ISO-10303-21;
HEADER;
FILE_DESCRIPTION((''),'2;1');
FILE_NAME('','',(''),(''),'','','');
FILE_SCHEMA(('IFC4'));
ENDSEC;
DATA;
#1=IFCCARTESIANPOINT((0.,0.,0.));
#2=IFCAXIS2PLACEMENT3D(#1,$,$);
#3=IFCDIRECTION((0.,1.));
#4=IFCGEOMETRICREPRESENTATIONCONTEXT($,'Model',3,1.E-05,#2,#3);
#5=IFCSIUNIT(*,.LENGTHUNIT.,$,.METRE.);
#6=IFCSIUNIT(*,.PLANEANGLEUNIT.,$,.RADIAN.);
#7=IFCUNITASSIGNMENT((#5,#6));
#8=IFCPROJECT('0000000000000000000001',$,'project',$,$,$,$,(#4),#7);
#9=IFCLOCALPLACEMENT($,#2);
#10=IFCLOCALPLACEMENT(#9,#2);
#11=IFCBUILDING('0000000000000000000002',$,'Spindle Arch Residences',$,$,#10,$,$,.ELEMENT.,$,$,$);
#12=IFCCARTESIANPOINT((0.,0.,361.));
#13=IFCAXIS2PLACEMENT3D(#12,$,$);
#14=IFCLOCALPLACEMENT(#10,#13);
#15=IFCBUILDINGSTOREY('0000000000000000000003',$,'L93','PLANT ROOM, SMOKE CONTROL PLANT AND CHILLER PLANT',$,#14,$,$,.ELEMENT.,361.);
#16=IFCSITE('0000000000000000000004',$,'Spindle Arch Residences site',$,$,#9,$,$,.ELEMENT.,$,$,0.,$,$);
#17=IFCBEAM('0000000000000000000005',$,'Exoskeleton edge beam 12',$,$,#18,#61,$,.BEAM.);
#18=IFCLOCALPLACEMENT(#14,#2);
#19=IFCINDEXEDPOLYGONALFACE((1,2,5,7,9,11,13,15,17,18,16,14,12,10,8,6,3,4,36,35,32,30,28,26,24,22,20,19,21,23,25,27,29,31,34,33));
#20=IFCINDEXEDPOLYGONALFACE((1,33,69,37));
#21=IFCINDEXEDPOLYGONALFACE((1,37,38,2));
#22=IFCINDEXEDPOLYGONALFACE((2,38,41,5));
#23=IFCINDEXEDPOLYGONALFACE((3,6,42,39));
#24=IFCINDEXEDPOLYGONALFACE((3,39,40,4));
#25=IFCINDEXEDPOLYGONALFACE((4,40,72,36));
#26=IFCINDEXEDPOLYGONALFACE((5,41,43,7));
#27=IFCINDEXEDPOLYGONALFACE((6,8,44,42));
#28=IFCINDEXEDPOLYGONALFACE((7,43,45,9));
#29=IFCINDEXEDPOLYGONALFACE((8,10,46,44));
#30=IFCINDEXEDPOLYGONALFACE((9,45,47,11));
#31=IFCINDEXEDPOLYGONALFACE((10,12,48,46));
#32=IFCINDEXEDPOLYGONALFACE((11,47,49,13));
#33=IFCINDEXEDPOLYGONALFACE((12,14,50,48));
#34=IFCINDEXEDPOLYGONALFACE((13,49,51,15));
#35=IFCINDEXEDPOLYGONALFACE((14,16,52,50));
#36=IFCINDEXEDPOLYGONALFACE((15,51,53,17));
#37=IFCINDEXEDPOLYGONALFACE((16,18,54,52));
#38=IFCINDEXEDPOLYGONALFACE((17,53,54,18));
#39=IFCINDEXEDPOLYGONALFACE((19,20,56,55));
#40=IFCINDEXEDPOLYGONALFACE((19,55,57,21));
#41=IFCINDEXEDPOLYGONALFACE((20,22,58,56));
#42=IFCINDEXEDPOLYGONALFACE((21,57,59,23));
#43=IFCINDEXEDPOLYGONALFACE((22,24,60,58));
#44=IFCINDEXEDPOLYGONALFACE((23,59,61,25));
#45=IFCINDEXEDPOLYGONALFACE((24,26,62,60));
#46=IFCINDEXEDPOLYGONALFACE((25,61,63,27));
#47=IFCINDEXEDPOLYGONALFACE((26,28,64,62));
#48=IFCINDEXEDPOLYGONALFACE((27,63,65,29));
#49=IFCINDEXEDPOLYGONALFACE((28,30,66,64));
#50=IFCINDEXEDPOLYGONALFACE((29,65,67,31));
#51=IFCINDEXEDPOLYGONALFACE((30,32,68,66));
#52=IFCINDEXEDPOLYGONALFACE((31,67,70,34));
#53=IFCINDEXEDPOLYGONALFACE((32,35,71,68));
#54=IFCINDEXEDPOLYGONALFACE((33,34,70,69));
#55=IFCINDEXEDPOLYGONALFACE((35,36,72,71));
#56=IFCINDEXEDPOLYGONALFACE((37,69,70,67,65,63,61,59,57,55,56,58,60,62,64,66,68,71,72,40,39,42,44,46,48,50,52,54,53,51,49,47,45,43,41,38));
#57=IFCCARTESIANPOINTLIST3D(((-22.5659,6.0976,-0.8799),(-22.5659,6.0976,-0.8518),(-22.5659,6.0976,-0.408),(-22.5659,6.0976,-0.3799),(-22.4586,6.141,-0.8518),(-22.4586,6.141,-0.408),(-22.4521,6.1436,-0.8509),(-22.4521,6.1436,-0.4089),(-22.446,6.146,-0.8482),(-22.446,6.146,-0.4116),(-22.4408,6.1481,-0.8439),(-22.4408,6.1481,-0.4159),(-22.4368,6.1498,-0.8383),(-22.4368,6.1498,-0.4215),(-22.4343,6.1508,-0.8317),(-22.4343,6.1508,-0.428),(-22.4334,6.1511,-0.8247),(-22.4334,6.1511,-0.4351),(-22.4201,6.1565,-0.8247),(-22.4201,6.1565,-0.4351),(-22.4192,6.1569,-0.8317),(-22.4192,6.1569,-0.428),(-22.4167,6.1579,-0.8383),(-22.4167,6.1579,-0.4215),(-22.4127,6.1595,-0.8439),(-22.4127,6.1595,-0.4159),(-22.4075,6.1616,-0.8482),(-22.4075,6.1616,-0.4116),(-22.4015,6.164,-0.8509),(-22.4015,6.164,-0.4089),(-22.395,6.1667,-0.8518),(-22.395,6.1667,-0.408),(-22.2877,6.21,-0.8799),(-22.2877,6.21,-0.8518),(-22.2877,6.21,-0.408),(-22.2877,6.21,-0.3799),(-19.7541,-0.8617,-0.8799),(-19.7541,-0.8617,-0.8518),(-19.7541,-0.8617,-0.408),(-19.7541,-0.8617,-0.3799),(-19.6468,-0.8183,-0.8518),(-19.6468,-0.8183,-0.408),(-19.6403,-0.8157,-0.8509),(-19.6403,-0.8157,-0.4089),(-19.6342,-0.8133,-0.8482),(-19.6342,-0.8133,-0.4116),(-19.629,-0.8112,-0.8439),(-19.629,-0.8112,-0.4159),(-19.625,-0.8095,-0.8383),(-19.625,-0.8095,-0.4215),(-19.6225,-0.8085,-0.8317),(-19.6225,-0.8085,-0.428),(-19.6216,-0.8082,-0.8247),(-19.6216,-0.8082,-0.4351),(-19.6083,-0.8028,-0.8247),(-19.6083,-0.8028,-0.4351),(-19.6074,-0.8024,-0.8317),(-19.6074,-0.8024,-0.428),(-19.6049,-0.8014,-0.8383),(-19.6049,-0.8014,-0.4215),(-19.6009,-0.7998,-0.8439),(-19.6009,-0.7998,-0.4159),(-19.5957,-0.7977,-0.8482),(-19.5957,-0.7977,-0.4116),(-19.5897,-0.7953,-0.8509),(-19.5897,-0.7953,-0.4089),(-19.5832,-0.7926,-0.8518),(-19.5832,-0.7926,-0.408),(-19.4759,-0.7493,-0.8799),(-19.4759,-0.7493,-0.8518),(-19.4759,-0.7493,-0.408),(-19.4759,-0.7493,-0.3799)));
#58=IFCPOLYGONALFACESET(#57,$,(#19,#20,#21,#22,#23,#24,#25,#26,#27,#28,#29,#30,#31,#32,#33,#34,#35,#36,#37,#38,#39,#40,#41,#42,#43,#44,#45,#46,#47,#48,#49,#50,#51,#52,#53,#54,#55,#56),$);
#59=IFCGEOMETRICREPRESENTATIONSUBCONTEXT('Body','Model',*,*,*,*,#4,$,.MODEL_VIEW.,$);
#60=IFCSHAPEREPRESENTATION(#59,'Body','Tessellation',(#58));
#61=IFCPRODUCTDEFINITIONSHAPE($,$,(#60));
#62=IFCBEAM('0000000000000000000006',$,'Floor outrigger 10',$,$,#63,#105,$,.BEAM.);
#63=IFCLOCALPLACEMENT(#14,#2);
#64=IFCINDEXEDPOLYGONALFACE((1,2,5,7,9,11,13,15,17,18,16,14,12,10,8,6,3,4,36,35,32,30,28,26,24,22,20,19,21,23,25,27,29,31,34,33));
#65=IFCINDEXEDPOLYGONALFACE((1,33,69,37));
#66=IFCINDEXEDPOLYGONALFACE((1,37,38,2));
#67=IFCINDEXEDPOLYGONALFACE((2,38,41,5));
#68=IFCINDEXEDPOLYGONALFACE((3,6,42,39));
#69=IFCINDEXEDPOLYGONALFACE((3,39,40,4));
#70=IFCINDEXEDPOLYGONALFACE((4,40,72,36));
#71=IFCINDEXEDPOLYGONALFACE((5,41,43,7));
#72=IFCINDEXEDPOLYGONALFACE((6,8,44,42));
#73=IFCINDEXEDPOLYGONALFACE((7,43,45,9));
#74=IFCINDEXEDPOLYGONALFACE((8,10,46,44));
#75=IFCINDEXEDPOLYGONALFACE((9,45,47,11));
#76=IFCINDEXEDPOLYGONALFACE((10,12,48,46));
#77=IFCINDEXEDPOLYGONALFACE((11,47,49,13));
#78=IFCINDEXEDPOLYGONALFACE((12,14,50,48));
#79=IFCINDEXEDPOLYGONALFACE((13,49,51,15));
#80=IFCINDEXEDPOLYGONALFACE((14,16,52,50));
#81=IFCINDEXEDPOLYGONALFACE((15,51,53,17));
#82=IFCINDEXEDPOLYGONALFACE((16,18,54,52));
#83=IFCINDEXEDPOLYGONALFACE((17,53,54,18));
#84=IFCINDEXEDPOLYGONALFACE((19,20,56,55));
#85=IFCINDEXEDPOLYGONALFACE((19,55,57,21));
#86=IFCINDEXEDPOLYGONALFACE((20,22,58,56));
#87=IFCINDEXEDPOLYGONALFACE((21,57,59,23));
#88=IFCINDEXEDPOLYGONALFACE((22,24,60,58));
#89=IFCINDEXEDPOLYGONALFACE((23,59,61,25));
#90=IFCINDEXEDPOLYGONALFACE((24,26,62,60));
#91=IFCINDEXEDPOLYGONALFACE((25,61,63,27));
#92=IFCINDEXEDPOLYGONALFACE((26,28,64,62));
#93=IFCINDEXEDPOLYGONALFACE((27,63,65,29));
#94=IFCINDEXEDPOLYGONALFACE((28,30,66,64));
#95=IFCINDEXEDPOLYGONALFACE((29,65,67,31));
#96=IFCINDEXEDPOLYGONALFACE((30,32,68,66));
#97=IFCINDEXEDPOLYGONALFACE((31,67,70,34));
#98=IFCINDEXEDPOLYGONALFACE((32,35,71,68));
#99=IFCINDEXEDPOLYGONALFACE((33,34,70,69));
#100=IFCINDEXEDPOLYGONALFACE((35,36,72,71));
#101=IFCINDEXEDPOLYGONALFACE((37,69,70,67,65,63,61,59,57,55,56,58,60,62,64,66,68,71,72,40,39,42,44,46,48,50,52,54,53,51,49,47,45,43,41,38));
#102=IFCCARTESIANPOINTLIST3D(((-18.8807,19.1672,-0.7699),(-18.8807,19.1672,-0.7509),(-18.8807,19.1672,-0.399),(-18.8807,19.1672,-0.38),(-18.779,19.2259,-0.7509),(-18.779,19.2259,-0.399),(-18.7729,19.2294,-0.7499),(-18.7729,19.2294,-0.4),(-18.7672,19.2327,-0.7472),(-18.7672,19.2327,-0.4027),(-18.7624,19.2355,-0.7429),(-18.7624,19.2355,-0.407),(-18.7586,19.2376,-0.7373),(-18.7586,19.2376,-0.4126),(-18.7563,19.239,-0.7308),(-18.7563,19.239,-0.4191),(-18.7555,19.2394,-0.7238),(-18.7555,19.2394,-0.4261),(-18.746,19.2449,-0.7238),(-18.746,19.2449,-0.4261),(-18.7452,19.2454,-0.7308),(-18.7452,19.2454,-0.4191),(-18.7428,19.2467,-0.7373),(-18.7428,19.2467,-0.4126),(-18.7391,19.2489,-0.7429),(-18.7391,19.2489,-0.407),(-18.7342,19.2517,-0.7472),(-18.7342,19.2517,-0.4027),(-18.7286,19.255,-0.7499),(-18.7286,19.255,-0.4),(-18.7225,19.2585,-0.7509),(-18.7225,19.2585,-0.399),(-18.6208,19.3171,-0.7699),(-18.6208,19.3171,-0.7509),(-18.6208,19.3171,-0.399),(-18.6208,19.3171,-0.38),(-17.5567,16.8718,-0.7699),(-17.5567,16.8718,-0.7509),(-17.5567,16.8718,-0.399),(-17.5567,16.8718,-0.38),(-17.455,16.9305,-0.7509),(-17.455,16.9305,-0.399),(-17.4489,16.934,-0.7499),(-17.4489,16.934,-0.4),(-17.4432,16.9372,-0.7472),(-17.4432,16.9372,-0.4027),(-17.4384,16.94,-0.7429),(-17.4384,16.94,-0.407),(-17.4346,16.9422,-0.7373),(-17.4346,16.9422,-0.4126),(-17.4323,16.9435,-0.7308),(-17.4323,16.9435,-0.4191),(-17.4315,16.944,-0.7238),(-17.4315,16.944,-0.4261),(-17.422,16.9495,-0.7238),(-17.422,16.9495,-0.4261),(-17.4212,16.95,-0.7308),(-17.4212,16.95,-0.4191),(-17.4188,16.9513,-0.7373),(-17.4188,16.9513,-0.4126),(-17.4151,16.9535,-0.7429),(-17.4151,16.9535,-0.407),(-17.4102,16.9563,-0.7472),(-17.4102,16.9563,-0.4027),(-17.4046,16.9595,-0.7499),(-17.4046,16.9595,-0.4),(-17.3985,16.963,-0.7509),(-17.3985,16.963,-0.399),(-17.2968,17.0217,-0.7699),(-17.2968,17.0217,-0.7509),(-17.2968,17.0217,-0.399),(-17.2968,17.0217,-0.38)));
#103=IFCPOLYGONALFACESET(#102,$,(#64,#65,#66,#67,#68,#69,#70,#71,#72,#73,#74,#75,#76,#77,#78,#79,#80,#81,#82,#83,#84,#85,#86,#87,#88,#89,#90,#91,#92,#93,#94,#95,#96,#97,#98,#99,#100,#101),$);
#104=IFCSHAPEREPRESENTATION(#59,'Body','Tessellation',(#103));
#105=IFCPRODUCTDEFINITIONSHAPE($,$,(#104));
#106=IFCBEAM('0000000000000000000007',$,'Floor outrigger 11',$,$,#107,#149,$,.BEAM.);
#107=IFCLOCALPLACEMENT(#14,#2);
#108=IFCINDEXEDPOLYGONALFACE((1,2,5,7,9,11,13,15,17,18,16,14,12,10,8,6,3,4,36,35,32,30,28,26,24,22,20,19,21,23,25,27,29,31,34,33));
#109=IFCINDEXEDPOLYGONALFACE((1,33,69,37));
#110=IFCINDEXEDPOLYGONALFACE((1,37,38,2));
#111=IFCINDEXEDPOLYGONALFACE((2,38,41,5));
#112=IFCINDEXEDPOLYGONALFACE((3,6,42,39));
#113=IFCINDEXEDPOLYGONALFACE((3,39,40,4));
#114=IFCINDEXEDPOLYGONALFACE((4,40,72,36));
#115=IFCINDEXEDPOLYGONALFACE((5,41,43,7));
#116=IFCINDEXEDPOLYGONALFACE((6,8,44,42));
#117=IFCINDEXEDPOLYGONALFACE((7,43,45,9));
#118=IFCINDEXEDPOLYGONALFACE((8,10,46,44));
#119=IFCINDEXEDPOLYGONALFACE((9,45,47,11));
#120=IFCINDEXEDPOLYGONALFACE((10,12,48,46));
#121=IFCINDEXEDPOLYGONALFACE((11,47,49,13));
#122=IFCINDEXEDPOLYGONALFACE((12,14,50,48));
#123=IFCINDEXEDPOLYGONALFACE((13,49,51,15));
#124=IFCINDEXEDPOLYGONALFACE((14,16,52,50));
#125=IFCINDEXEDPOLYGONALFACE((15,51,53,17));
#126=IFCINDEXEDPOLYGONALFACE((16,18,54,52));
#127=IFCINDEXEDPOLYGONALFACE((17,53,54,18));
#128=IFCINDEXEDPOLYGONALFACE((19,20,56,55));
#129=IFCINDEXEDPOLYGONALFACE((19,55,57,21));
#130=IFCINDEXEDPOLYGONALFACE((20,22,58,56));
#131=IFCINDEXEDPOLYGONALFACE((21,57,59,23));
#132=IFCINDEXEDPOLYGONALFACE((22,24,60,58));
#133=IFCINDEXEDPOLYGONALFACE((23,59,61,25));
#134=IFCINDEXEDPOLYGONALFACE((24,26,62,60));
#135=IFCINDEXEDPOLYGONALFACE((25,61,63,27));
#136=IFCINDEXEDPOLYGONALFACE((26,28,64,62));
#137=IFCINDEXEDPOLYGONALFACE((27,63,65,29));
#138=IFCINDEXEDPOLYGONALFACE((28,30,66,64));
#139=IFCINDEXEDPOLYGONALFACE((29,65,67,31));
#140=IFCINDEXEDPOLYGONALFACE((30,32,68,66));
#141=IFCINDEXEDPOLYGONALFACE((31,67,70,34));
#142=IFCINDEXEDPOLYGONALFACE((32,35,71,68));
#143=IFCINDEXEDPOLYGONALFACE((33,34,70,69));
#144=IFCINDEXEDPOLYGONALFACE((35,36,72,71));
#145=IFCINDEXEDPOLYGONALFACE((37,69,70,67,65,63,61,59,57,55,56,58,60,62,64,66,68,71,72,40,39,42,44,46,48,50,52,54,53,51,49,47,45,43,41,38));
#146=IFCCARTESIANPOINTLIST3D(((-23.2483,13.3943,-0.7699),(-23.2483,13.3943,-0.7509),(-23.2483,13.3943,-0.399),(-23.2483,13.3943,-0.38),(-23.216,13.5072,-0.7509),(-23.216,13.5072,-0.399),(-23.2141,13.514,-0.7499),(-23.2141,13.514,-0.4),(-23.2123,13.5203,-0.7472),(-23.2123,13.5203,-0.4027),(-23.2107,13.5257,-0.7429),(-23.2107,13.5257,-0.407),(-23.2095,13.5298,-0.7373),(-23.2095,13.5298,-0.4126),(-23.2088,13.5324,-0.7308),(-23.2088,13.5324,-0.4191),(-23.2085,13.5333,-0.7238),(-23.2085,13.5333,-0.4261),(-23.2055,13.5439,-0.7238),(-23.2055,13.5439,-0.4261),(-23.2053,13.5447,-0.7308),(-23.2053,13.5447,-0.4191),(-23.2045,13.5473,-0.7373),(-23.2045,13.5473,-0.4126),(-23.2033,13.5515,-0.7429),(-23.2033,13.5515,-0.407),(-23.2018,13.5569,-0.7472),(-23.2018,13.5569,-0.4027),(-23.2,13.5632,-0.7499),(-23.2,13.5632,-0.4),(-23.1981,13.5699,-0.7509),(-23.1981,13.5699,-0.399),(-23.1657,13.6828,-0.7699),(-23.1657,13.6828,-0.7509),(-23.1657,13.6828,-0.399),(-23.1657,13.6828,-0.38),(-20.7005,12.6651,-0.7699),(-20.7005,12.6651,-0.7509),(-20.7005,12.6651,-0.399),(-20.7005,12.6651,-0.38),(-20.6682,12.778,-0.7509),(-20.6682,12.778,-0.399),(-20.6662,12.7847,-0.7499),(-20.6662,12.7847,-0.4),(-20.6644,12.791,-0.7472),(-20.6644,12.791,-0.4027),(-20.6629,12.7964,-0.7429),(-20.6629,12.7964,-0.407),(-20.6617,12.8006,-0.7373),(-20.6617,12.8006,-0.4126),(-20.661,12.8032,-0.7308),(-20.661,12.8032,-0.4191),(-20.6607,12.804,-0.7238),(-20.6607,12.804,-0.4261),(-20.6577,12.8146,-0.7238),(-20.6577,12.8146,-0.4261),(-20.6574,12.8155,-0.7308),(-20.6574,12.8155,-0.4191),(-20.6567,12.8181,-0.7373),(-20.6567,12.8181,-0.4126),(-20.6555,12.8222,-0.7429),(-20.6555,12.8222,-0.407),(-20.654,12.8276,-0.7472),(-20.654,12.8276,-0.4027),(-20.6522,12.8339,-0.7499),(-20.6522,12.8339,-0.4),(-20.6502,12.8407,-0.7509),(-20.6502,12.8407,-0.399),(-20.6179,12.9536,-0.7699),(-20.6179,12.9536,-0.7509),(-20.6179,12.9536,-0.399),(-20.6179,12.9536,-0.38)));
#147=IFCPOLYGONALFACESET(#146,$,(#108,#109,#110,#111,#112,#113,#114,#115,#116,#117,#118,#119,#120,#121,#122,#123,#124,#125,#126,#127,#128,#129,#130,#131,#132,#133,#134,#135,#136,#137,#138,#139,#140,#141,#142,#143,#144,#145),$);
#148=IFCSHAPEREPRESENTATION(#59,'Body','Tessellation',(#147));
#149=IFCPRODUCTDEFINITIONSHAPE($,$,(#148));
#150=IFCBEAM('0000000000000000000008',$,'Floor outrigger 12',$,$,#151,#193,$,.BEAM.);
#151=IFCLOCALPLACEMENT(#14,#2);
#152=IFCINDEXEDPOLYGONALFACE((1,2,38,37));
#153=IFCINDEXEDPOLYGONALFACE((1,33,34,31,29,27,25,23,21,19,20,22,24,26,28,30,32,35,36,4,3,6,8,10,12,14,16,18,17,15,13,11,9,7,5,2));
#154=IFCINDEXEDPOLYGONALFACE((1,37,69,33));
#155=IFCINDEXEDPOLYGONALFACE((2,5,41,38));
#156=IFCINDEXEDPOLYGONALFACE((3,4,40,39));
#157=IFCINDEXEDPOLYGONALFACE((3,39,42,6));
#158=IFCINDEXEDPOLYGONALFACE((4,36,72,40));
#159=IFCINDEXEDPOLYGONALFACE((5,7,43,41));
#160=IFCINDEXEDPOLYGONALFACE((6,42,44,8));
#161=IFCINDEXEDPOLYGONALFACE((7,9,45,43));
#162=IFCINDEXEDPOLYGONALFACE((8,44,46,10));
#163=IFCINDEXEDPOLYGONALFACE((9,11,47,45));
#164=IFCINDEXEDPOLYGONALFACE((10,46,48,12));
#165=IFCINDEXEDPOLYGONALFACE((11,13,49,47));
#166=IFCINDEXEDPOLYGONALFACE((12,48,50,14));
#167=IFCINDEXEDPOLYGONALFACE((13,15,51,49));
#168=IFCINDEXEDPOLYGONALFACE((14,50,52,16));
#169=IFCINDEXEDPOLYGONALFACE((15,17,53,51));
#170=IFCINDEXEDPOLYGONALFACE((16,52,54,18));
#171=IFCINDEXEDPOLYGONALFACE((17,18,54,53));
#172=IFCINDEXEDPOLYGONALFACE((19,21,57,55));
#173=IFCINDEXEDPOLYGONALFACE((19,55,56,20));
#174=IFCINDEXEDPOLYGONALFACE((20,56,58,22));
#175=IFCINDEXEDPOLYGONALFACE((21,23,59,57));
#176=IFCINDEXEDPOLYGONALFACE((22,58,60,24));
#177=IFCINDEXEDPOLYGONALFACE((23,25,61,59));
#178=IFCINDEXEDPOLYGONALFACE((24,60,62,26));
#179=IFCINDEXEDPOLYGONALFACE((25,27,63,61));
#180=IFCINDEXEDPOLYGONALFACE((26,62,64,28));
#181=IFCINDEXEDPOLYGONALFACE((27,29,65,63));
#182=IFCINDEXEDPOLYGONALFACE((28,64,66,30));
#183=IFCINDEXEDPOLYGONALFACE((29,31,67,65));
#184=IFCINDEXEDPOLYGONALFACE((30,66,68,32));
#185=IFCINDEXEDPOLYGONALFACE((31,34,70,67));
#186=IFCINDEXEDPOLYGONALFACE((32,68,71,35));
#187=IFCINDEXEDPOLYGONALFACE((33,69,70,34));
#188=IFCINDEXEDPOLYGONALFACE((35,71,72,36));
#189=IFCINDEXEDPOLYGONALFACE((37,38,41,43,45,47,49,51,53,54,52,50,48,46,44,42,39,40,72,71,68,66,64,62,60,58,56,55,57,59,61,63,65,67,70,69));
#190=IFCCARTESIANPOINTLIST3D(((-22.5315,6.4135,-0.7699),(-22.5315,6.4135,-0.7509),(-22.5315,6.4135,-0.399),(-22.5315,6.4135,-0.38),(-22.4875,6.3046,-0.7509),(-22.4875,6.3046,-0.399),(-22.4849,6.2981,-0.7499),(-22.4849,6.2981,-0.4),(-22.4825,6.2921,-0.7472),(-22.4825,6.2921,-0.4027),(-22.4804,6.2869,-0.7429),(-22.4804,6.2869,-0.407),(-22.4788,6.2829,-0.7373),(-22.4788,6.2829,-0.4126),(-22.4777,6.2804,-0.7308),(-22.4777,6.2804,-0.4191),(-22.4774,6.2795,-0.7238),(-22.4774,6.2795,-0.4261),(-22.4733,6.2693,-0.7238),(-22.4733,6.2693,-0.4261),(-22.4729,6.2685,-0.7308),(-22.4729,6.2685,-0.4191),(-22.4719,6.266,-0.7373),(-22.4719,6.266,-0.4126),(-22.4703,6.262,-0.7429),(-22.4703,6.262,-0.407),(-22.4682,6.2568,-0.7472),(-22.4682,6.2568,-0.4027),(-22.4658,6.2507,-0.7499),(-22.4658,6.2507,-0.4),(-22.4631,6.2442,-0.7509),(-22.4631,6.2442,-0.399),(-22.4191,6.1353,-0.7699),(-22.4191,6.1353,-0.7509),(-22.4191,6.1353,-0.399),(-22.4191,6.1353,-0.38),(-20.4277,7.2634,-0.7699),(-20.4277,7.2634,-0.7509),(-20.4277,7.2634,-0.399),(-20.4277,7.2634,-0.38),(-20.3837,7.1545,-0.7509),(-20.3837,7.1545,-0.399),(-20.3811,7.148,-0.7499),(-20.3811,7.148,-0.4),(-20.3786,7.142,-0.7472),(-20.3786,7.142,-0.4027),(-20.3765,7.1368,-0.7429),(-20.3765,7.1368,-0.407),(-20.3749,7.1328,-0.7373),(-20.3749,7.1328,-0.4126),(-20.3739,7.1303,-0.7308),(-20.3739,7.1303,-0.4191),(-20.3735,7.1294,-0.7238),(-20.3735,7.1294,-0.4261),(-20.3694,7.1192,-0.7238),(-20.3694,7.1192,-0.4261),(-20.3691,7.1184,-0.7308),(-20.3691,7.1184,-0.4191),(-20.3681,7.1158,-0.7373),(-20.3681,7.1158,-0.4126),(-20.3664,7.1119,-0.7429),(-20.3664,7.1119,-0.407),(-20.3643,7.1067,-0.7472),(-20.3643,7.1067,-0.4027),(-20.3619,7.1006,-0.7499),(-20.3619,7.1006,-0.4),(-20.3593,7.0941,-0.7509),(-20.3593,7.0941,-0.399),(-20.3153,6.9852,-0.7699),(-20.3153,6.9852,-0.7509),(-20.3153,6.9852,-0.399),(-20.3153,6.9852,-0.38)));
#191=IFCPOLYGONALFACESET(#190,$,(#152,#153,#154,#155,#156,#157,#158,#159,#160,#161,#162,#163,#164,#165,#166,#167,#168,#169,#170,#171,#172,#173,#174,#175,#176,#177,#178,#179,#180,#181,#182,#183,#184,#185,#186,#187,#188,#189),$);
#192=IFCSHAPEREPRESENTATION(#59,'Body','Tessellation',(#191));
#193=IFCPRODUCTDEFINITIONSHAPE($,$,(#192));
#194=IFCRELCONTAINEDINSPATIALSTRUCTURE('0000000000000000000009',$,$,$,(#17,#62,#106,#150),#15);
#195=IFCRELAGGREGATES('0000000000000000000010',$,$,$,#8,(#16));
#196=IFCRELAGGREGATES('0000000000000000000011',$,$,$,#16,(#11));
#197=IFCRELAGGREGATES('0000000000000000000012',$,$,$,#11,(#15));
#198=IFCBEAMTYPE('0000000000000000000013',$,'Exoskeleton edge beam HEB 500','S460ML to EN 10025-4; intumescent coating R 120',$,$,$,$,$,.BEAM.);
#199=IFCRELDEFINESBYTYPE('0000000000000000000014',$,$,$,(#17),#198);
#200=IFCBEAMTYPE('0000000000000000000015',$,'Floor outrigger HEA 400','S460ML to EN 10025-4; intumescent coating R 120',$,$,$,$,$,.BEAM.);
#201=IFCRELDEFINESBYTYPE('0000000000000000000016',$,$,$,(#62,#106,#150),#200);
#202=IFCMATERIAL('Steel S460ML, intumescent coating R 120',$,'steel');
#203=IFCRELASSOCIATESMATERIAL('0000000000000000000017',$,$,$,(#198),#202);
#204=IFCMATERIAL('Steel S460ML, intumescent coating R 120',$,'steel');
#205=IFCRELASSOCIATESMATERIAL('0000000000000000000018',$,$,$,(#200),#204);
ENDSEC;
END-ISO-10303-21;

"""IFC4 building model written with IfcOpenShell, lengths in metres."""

from ifc_helpers import new_model, si_unit, direction, frame, origin, origin_2d, place, context, subcontext, project, spatial, i_section, extrude, material, material_profile, profile_set, type_object, element, save


model = new_model("IFC4")

# Units and contexts
model_context = context("Model", 3, precision=1e-05, world=origin(), true_north=direction((0.0, 1.0)))
body_context = subcontext(model_context, "Body", "Model", "MODEL_VIEW")
ifc_project = project(units=[si_unit("LENGTHUNIT", "METRE"), si_unit("PLANEANGLEUNIT", "RADIAN")], contexts=[model_context])

# Site, building, storey
site_placement = place(None, origin())
site = spatial("IfcSite", under=ifc_project, at=site_placement, Name="Spindle Arch Residences site", CompositionType="ELEMENT", RefElevation=0.0)
building_placement = place(site_placement, origin())
building = spatial("IfcBuilding", under=site, at=building_placement, Name="Spindle Arch Residences", CompositionType="ELEMENT")
storey_placement = place(building_placement, frame((0.0, 0.0, 361.0)))
storey = spatial("IfcBuildingStorey", under=building, at=storey_placement, Name="L93", Description="PLANT ROOM, SMOKE CONTROL PLANT AND CHILLER PLANT", CompositionType="ELEMENT", Elevation=361.0)

# Beams
ifc_material_1 = material(Name="Steel S460ML, intumescent coating R 120", Category="steel")
ifc_material_profile_1 = material_profile(ifc_material_1, i_section(OverallWidth=0.3, OverallDepth=0.5, WebThickness=0.0144, FlangeThickness=0.0281, FilletRadius=0.0271, at=origin_2d()), Name="HEB 500")
ifc_profile_set_1 = profile_set([ifc_material_profile_1], Name="Steel S460ML, intumescent coating R 120")
beam_type_1 = type_object("IfcBeamType", Name="Exoskeleton edge beam HEB 500", Description="S460ML to EN 10025-4; intumescent coating R 120", PredefinedType="BEAM", material=ifc_profile_set_1)
beam_1_placement = place(storey_placement, frame((-22.4268, 6.1538, -0.6299), z_axis=(0.374613, -0.927181, 0.0), x_axis=(0.927181, 0.374613, 0.0)))
element("IfcBeam", 1, at=beam_1_placement, inside=storey, type_object=beam_type_1, Name="Exoskeleton edge beam 12", PredefinedType="BEAM", context=body_context, shape_type="SweptSolid", body=[
    extrude(i_section(OverallWidth=0.3, OverallDepth=0.5, WebThickness=0.0144, FlangeThickness=0.0281, FilletRadius=0.0271, at=origin_2d()), origin(), (0.0, 0.0, 1.0), 7.5059),
])
ifc_material_2 = material(Name="Steel S460ML, intumescent coating R 120", Category="steel")
ifc_material_profile_2 = material_profile(ifc_material_2, i_section(OverallWidth=0.3, OverallDepth=0.3899, WebThickness=0.011, FlangeThickness=0.019, FilletRadius=0.0271, at=origin_2d()), Name="HEA 400")
ifc_profile_set_2 = profile_set([ifc_material_profile_2], Name="Steel S460ML, intumescent coating R 120")
beam_type_2 = type_object("IfcBeamType", Name="Floor outrigger HEA 400", Description="S460ML to EN 10025-4; intumescent coating R 120", PredefinedType="BEAM", material=ifc_profile_set_2)
beam_2_placement = place(storey_placement, frame((-18.7507, 19.2422, -0.575), z_axis=(0.499637, -0.866235, 0.0), x_axis=(0.866235, 0.499637, 0.0)))
element("IfcBeam", 2, at=beam_2_placement, inside=storey, type_object=beam_type_2, Name="Floor outrigger 10", PredefinedType="BEAM", context=body_context, shape_type="SweptSolid", body=[
    extrude(i_section(OverallWidth=0.3, OverallDepth=0.3899, WebThickness=0.011, FlangeThickness=0.019, FilletRadius=0.0271, at=origin_2d()), origin(), (0.0, 0.0, 1.0), 2.6499),
])
beam_3_placement = place(storey_placement, frame((-23.207, 13.5386, -0.575), z_axis=(0.961395, -0.275171, 0.0), x_axis=(0.275171, 0.961395, 0.0)))
element("IfcBeam", 3, at=beam_3_placement, inside=storey, type_object=beam_type_2, Name="Floor outrigger 11", PredefinedType="BEAM", context=body_context, shape_type="SweptSolid", body=[
    extrude(i_section(OverallWidth=0.3, OverallDepth=0.3899, WebThickness=0.011, FlangeThickness=0.019, FilletRadius=0.0271, at=origin_2d()), origin(), (0.0, 0.0, 1.0), 2.6501),
])
beam_4_placement = place(storey_placement, frame((-22.4753, 6.2744, -0.575), z_axis=(0.927202, 0.374561, 0.0), x_axis=(-0.374561, 0.927202, 0.0)))
element("IfcBeam", 4, at=beam_4_placement, inside=storey, type_object=beam_type_2, Name="Floor outrigger 12", PredefinedType="BEAM", context=body_context, shape_type="SweptSolid", body=[
    extrude(i_section(OverallWidth=0.3, OverallDepth=0.3899, WebThickness=0.011, FlangeThickness=0.019, FilletRadius=0.0271, at=origin_2d()), origin(), (0.0, 0.0, 1.0), 2.269),
])

save(model, "model.ifc")
